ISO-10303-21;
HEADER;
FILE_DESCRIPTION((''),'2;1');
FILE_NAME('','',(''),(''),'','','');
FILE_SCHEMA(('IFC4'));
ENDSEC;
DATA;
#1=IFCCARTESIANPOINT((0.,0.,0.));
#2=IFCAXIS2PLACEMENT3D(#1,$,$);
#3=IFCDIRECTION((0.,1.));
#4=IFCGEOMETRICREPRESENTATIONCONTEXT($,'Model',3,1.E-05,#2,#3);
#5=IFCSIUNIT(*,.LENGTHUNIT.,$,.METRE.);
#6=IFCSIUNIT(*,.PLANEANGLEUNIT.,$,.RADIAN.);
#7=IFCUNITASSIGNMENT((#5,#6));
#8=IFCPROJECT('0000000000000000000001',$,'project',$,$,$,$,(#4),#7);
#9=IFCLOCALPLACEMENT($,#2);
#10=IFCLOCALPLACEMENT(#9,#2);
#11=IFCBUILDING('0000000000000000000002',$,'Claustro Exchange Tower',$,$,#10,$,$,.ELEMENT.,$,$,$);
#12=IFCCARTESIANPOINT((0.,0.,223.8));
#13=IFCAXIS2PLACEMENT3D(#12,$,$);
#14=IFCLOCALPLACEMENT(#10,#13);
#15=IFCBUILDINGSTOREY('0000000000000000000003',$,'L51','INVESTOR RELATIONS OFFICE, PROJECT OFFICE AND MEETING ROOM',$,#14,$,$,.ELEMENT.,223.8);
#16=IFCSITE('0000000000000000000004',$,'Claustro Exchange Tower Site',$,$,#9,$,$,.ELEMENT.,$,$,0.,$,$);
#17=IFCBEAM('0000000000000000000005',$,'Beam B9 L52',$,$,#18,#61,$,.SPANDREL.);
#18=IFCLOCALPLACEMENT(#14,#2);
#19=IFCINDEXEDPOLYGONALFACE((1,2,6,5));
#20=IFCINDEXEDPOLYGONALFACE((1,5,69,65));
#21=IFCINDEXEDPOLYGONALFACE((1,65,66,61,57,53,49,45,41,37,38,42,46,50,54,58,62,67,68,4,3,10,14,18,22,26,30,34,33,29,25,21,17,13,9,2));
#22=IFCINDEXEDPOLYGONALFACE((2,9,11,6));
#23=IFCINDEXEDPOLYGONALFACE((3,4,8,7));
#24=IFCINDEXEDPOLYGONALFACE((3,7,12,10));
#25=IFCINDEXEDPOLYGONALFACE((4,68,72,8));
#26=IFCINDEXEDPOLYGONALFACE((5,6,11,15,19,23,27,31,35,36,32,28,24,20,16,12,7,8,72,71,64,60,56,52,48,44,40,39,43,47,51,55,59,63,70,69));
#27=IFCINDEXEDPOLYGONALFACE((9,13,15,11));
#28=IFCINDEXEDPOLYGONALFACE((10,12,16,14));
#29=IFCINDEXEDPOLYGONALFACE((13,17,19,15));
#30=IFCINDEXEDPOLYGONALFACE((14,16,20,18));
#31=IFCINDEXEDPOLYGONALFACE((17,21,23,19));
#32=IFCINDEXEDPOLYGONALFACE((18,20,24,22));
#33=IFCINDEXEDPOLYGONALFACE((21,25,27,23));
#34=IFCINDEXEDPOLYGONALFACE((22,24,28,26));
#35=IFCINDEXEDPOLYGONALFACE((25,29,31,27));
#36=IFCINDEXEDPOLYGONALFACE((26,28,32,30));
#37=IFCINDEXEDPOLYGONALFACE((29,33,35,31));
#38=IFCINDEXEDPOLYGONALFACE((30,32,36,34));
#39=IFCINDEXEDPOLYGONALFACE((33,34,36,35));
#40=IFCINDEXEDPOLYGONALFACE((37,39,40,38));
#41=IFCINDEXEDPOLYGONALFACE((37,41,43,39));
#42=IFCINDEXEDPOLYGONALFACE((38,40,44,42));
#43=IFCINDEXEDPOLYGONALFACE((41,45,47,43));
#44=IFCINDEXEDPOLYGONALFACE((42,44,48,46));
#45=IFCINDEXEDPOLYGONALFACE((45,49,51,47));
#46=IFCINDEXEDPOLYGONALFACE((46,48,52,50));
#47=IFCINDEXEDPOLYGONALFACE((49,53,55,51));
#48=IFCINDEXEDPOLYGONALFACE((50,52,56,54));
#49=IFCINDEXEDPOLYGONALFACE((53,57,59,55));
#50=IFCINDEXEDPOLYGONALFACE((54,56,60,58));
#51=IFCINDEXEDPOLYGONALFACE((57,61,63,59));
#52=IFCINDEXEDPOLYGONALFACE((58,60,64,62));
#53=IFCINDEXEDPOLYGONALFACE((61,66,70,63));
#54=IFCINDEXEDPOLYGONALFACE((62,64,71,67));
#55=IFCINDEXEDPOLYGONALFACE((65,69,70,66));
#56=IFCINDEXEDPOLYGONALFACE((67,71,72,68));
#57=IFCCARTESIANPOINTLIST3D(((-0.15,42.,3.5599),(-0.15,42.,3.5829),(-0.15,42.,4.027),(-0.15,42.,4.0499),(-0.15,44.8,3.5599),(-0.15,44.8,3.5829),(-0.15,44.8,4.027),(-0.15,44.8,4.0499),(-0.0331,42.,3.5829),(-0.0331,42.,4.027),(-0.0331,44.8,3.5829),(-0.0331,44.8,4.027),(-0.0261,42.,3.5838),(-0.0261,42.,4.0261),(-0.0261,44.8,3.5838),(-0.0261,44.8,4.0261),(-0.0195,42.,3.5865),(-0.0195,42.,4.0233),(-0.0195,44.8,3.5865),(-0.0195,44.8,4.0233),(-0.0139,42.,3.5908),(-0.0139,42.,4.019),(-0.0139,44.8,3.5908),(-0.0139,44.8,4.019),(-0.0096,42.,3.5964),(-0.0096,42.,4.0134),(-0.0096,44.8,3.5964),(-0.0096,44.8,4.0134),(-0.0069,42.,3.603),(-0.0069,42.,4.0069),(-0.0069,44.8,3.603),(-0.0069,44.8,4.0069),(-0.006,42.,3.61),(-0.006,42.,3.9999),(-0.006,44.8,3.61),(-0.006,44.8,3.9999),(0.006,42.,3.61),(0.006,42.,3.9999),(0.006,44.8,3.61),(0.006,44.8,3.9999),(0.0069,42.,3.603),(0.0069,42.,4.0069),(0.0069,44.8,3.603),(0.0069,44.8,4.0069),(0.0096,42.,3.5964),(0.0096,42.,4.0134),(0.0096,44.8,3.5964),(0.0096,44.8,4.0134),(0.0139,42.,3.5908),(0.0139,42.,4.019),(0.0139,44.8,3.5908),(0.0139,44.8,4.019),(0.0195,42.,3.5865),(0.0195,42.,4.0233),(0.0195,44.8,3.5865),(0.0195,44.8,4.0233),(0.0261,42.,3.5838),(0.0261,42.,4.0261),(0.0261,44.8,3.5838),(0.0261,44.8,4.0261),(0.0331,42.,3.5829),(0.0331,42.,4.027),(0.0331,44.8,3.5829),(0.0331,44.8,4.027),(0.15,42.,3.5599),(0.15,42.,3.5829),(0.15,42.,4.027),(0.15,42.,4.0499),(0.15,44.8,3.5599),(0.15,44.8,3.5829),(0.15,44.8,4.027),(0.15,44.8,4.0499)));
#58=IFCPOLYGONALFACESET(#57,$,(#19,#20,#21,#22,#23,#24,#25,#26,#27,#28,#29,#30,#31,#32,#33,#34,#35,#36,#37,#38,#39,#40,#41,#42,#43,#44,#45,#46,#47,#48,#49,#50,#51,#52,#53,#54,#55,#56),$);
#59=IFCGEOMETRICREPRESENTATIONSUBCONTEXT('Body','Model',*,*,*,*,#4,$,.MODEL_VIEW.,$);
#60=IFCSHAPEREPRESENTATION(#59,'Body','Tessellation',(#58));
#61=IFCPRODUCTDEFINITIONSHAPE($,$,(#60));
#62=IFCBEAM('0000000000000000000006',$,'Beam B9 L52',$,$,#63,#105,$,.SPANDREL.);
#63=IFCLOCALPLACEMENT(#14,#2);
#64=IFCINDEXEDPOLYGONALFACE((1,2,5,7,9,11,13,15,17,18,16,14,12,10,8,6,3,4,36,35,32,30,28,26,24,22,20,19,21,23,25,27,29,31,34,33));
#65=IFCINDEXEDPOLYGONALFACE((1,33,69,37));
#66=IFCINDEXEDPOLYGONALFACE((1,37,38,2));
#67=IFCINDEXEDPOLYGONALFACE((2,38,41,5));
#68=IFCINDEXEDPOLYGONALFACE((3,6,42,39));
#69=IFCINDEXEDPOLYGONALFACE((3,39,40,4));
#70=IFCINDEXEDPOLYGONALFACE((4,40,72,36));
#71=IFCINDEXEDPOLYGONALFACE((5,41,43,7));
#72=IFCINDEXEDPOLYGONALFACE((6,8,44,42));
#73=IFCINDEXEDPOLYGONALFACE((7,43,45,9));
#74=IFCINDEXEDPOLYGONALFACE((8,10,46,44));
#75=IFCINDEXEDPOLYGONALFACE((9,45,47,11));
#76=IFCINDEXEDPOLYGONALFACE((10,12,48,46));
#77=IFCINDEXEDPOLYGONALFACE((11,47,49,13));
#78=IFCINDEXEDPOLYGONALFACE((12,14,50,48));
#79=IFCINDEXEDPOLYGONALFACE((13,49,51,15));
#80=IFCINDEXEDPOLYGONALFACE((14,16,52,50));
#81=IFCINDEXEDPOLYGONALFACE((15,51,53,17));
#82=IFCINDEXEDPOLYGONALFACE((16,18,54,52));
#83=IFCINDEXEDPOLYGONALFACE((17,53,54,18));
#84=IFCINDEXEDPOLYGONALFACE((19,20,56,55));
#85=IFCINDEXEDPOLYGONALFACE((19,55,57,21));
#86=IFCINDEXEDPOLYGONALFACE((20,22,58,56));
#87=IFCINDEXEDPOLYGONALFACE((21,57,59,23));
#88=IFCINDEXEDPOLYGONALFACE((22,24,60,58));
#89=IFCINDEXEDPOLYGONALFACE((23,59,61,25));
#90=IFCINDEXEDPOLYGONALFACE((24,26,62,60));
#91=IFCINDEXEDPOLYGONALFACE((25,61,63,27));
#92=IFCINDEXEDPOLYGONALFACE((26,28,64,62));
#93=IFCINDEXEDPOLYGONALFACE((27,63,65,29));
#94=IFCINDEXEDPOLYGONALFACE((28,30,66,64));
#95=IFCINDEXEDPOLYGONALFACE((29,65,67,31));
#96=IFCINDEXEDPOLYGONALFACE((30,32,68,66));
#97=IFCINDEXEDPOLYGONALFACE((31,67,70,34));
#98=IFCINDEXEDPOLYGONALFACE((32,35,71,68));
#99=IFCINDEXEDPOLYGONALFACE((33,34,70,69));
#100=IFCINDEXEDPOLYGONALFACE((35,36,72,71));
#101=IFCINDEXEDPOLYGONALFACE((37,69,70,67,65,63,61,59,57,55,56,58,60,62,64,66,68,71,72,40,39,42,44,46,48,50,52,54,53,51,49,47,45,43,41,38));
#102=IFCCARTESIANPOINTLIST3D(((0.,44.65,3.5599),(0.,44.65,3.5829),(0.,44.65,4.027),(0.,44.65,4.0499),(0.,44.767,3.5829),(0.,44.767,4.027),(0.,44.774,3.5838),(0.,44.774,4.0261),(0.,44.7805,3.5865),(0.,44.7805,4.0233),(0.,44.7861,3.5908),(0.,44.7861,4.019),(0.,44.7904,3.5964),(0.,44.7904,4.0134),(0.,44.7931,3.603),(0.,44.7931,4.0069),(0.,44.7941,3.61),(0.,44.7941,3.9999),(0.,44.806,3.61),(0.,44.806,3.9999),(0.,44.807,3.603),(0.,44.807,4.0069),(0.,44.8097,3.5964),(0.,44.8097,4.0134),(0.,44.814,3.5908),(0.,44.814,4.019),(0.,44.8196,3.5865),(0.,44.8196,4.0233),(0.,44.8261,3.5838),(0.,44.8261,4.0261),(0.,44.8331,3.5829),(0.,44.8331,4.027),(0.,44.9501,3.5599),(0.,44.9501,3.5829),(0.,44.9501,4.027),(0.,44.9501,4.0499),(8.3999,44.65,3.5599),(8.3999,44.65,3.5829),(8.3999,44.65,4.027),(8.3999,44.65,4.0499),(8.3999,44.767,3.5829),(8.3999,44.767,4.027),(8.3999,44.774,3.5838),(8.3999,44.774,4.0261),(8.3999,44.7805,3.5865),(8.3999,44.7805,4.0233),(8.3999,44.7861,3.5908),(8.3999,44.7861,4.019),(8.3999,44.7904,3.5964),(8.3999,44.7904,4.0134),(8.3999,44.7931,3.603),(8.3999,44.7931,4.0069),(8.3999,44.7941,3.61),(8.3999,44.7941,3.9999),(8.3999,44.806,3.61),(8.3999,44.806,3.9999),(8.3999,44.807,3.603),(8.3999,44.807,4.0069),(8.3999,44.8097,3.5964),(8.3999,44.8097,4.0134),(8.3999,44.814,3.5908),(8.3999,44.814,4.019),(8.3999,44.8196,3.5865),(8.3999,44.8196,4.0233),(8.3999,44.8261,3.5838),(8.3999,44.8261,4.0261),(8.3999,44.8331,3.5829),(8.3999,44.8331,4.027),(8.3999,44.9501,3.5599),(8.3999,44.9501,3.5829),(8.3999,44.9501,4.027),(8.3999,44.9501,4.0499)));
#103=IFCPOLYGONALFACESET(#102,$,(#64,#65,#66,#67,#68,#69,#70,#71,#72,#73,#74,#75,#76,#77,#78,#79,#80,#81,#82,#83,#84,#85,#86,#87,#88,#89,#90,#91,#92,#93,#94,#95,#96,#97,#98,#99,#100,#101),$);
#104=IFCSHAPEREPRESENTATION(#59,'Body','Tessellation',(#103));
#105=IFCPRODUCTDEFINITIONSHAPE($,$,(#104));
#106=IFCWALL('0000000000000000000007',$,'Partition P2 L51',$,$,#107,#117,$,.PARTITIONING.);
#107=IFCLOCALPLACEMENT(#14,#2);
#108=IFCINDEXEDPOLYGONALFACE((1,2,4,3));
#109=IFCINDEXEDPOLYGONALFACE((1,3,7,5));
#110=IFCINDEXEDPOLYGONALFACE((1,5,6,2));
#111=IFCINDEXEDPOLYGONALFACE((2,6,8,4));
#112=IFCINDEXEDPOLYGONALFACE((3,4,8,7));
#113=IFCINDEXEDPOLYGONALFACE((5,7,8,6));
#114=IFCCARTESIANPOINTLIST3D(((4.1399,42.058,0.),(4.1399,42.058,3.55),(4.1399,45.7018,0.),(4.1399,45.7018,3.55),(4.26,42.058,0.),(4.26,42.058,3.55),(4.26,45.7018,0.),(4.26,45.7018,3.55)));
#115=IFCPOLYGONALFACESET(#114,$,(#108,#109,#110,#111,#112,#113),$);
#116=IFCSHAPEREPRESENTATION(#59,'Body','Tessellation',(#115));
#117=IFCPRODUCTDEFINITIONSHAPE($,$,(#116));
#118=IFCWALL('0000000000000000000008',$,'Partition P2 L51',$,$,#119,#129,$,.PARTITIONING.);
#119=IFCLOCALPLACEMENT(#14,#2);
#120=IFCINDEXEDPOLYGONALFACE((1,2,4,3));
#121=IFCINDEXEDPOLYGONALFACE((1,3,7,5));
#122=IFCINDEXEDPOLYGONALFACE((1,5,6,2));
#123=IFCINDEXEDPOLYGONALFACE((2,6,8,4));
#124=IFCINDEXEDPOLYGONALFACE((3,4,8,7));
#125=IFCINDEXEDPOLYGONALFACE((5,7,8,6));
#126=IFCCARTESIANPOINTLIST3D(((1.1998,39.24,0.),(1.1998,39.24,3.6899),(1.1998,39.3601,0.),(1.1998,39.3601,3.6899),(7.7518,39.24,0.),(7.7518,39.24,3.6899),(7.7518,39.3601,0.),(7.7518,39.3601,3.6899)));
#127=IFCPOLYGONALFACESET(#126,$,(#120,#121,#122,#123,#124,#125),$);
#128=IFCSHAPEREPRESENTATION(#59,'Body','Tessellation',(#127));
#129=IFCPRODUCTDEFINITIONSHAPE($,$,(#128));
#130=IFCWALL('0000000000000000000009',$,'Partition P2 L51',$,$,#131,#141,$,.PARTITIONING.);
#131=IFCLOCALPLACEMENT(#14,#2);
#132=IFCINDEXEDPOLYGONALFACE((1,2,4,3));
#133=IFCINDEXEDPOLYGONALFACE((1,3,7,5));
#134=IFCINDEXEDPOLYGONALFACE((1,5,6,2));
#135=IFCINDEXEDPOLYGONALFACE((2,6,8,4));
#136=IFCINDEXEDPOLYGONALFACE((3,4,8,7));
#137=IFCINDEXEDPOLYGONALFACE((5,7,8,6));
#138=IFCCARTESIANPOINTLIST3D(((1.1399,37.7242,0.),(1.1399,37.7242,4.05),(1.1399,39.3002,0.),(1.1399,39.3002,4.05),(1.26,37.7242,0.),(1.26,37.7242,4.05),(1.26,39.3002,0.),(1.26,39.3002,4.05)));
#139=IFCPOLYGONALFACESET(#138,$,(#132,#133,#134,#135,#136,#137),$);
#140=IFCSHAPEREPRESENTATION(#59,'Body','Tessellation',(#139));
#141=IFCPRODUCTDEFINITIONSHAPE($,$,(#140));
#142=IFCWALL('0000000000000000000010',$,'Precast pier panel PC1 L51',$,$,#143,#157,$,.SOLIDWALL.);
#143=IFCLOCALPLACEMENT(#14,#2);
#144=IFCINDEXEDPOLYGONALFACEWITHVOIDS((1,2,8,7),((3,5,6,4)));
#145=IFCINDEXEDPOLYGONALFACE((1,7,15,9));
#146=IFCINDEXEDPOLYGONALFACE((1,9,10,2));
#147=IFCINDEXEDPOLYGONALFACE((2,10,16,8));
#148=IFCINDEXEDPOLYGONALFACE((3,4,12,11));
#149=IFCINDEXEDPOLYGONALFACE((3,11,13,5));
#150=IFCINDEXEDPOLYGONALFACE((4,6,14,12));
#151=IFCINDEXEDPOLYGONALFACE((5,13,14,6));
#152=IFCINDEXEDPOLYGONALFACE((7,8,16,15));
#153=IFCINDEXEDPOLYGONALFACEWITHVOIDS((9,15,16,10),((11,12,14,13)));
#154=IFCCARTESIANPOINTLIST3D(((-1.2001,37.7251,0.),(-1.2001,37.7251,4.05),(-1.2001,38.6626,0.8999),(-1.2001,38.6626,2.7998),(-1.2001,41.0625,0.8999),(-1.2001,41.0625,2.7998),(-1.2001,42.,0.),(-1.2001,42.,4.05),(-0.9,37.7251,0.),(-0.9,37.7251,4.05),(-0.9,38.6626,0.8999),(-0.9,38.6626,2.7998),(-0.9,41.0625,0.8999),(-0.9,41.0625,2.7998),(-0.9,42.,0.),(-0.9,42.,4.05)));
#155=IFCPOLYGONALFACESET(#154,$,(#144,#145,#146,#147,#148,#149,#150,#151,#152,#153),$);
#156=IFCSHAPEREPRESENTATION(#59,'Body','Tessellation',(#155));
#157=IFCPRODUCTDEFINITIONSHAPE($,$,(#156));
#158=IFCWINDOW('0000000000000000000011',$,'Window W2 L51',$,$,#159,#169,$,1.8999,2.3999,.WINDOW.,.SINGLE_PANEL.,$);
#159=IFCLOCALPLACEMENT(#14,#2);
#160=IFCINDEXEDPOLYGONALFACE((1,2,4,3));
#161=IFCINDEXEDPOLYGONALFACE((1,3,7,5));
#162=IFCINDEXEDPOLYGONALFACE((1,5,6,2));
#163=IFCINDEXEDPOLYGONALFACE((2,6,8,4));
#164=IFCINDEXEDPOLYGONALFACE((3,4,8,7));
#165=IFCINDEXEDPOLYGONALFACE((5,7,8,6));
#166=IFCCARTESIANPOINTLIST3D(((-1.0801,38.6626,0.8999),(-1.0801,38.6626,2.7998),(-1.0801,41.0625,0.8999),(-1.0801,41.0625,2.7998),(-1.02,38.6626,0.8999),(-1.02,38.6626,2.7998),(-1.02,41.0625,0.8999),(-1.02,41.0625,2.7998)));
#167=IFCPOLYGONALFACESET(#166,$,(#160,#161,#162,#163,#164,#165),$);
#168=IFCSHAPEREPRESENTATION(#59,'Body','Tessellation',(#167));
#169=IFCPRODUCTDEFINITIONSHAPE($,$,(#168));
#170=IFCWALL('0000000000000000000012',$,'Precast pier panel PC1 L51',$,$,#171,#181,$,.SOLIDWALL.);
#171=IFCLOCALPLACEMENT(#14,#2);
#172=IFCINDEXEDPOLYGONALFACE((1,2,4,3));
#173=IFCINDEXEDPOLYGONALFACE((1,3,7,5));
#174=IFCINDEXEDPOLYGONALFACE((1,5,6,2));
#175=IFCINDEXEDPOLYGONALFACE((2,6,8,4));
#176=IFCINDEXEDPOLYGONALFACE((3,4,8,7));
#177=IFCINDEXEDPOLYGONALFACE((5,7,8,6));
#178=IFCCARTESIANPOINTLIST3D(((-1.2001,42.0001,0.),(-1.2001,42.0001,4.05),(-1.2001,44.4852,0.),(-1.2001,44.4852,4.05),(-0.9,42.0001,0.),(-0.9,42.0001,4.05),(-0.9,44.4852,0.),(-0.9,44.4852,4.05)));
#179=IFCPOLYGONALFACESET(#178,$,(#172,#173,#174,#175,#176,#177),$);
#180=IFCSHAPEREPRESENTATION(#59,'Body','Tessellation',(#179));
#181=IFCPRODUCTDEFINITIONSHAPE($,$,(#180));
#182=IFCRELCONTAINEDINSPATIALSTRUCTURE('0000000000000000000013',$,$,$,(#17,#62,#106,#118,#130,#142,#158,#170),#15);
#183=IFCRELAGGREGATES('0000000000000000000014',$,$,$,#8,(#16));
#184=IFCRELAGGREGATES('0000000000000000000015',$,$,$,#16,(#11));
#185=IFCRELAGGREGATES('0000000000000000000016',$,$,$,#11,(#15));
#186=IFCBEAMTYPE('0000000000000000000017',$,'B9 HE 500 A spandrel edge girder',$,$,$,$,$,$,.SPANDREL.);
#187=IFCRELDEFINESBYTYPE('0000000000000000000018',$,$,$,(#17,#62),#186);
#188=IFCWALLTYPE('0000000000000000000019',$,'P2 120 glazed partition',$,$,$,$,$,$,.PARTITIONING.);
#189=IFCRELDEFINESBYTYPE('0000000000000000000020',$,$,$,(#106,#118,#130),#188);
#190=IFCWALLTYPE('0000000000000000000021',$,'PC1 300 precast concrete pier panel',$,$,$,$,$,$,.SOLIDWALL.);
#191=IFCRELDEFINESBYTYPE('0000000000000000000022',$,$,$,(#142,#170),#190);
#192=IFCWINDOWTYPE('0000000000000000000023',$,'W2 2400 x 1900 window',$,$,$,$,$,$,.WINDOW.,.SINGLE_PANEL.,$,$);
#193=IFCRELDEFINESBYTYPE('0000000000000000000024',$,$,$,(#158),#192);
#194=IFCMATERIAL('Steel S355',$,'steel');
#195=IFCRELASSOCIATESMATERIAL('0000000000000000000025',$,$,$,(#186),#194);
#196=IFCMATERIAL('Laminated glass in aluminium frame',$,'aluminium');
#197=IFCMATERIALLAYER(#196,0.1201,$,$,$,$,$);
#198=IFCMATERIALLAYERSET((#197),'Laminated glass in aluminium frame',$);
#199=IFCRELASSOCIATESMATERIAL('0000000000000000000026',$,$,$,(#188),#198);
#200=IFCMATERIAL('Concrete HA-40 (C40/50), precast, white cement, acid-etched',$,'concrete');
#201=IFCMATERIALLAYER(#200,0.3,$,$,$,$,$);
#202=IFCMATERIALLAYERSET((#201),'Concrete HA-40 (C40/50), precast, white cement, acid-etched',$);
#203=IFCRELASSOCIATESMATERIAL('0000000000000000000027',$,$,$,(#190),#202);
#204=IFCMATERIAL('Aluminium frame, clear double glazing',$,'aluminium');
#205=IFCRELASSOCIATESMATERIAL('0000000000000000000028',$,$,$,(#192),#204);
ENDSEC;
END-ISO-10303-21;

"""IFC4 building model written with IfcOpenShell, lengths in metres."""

from ifc_helpers import new_model, si_unit, direction, frame, frame_2d, origin, origin_2d, place, context, subcontext, project, spatial, rectangle, i_section, extrude, material, layer, layer_set, material_profile, profile_set, type_object, element, fill, save


model = new_model("IFC4")

# Units and contexts
model_context = context("Model", 3, precision=1e-05, world=origin(), true_north=direction((0.0, 1.0)))
body_context = subcontext(model_context, "Body", "Model", "MODEL_VIEW")
ifc_project = project(units=[si_unit("LENGTHUNIT", "METRE"), si_unit("PLANEANGLEUNIT", "RADIAN")], contexts=[model_context])

# Site, building, storey
site_placement = place(None, origin())
site = spatial("IfcSite", under=ifc_project, at=site_placement, Name="Claustro Exchange Tower Site", CompositionType="ELEMENT", RefElevation=0.0)
building_placement = place(site_placement, origin())
building = spatial("IfcBuilding", under=site, at=building_placement, Name="Claustro Exchange Tower", CompositionType="ELEMENT")
storey_placement = place(building_placement, frame((0.0, 0.0, 223.8)))
storey = spatial("IfcBuildingStorey", under=building, at=storey_placement, Name="L51", Description="INVESTOR RELATIONS OFFICE, PROJECT OFFICE AND MEETING ROOM", CompositionType="ELEMENT", Elevation=223.8)

# Beams
ifc_material_1 = material(Name="Steel S355", Category="steel")
ifc_material_profile_1 = material_profile(ifc_material_1, i_section(OverallWidth=0.3, OverallDepth=0.49, WebThickness=0.012, FlangeThickness=0.0229, FilletRadius=0.0271, at=origin_2d()), Name="HE 500 A")
ifc_profile_set_1 = profile_set([ifc_material_profile_1], Name="Steel S355")
beam_type_1 = type_object("IfcBeamType", Name="B9 HE 500 A spandrel edge girder", PredefinedType="SPANDREL", material=ifc_profile_set_1)
beam_1_placement = place(storey_placement, frame((0.0, 42.0, 3.8049), z_axis=(0.0, 1.0, 0.0), x_axis=(-1.0, 0.0, 0.0)))
element("IfcBeam", 1, at=beam_1_placement, inside=storey, type_object=beam_type_1, Name="Beam B9 L52", PredefinedType="SPANDREL", context=body_context, shape_type="SweptSolid", body=[
    extrude(i_section(OverallWidth=0.3, OverallDepth=0.49, WebThickness=0.012, FlangeThickness=0.0229, FilletRadius=0.0271, at=origin_2d()), origin(), (0.0, 0.0, 1.0), 2.8),
])
beam_2_placement = place(storey_placement, frame((0.0, 44.8, 3.8049), z_axis=(1.0, 0.0, 0.0), x_axis=(0.0, 1.0, 0.0)))
element("IfcBeam", 2, at=beam_2_placement, inside=storey, type_object=beam_type_1, Name="Beam B9 L52", PredefinedType="SPANDREL", context=body_context, shape_type="SweptSolid", body=[
    extrude(i_section(OverallWidth=0.3, OverallDepth=0.49, WebThickness=0.012, FlangeThickness=0.0229, FilletRadius=0.0271, at=origin_2d()), origin(), (0.0, 0.0, 1.0), 8.3999),
])

# Shared definitions
ifc_material_2 = material(Name="Laminated glass in aluminium frame", Category="aluminium")
ifc_layer_1 = layer(ifc_material_2, 0.1201)
ifc_layer_set_1 = layer_set([ifc_layer_1], Name="Laminated glass in aluminium frame")
wall_type_1 = type_object("IfcWallType", Name="P2 120 glazed partition", PredefinedType="PARTITIONING", material=ifc_layer_set_1)

# Walls
wall_1_placement = place(storey_placement, frame((4.2, 42.0581, 0.0), z_axis=(0.0, 0.0, 1.0), x_axis=(0.0, 1.0, 0.0)))
element("IfcWall", 3, at=wall_1_placement, inside=storey, type_object=wall_type_1, Name="Partition P2 L51", PredefinedType="PARTITIONING", context=body_context, shape_type="SweptSolid", body=[
    extrude(rectangle(XDim=3.6438, YDim=0.1201, at=frame_2d((1.8218, 0.0))), origin(), (0.0, 0.0, 1.0), 3.55),
])
wall_2_placement = place(storey_placement, frame((1.2, 39.3, 0.0), z_axis=(0.0, 0.0, 1.0), x_axis=(1.0, 0.0, 0.0)))
element("IfcWall", 4, at=wall_2_placement, inside=storey, type_object=wall_type_1, Name="Partition P2 L51", PredefinedType="PARTITIONING", context=body_context, shape_type="SweptSolid", body=[
    extrude(rectangle(XDim=6.552, YDim=0.1201, at=frame_2d((3.2759, 0.0))), origin(), (0.0, 0.0, 1.0), 3.6899),
])
wall_3_placement = place(storey_placement, frame((1.2, 37.7241, 0.0), z_axis=(0.0, 0.0, 1.0), x_axis=(0.0, 1.0, 0.0)))
element("IfcWall", 5, at=wall_3_placement, inside=storey, type_object=wall_type_1, Name="Partition P2 L51", PredefinedType="PARTITIONING", context=body_context, shape_type="SweptSolid", body=[
    extrude(rectangle(XDim=1.5759, YDim=0.1201, at=frame_2d((0.7881, 0.0))), origin(), (0.0, 0.0, 1.0), 4.05),
])

# Wall, opening, window
ifc_material_3 = material(Name="Concrete HA-40 (C40/50), precast, white cement, acid-etched", Category="concrete")
ifc_layer_2 = layer(ifc_material_3, 0.3)
ifc_layer_set_2 = layer_set([ifc_layer_2], Name="Concrete HA-40 (C40/50), precast, white cement, acid-etched")
wall_type_2 = type_object("IfcWallType", Name="PC1 300 precast concrete pier panel", PredefinedType="SOLIDWALL", material=ifc_layer_set_2)
wall_4_placement = place(storey_placement, frame((-1.05, 37.7251, 0.0), z_axis=(0.0, 0.0, 1.0), x_axis=(0.0, 1.0, 0.0)))
wall_4 = element("IfcWall", 6, at=wall_4_placement, inside=storey, type_object=wall_type_2, Name="Precast pier panel PC1 L51", PredefinedType="SOLIDWALL", context=body_context, shape_type="SweptSolid", body=[
    extrude(rectangle(XDim=4.2749, YDim=0.3, at=frame_2d((2.1375, 0.0))), origin(), (0.0, 0.0, 1.0), 4.05),
])
opening_1_placement = place(wall_4_placement, frame((0.9375, 0.0, 0.8999)))
opening_1 = element("IfcOpeningElement", 7, at=opening_1_placement, cuts=wall_4, PredefinedType="OPENING", context=body_context, shape_type="SweptSolid", body=[
    extrude(rectangle(XDim=2.3999, YDim=1.8999, at=frame_2d((1.2, 0.95))), frame((0.0, 0.1599, 0.0), z_axis=(0.0, -1.0, 0.0), x_axis=(1.0, 0.0, 0.0)), (0.0, 0.0, 1.0), 0.3201),
])
ifc_material_4 = material(Name="Aluminium frame, clear double glazing", Category="aluminium")
window_type_1 = type_object("IfcWindowType", Name="W2 2400 x 1900 window", PartitioningType="SINGLE_PANEL", PredefinedType="WINDOW", material=ifc_material_4)
window_1_placement = place(opening_1_placement, origin())
window_1 = element("IfcWindow", 8, at=window_1_placement, inside=storey, type_object=window_type_1, Name="Window W2 L51", OverallHeight=1.8999, OverallWidth=2.3999, PartitioningType="SINGLE_PANEL", PredefinedType="WINDOW", context=body_context, shape_type="SweptSolid", body=[
    extrude(rectangle(XDim=2.3999, YDim=1.8999, at=frame_2d((1.2, 0.95))), frame((0.0, 0.03, 0.0), z_axis=(0.0, -1.0, 0.0), x_axis=(1.0, 0.0, 0.0)), (0.0, 0.0, 1.0), 0.0601),
])
fill(opening_1, window_1)

# Wall
wall_5_placement = place(storey_placement, frame((-1.05, 42.0, 0.0), z_axis=(0.0, 0.0, 1.0), x_axis=(0.0, 1.0, 0.0)))
element("IfcWall", 9, at=wall_5_placement, inside=storey, type_object=wall_type_2, Name="Precast pier panel PC1 L51", PredefinedType="SOLIDWALL", context=body_context, shape_type="SweptSolid", body=[
    extrude(rectangle(XDim=2.4851, YDim=0.3, at=frame_2d((1.2427, 0.0))), origin(), (0.0, 0.0, 1.0), 4.05),
])

save(model, "model.ifc")
